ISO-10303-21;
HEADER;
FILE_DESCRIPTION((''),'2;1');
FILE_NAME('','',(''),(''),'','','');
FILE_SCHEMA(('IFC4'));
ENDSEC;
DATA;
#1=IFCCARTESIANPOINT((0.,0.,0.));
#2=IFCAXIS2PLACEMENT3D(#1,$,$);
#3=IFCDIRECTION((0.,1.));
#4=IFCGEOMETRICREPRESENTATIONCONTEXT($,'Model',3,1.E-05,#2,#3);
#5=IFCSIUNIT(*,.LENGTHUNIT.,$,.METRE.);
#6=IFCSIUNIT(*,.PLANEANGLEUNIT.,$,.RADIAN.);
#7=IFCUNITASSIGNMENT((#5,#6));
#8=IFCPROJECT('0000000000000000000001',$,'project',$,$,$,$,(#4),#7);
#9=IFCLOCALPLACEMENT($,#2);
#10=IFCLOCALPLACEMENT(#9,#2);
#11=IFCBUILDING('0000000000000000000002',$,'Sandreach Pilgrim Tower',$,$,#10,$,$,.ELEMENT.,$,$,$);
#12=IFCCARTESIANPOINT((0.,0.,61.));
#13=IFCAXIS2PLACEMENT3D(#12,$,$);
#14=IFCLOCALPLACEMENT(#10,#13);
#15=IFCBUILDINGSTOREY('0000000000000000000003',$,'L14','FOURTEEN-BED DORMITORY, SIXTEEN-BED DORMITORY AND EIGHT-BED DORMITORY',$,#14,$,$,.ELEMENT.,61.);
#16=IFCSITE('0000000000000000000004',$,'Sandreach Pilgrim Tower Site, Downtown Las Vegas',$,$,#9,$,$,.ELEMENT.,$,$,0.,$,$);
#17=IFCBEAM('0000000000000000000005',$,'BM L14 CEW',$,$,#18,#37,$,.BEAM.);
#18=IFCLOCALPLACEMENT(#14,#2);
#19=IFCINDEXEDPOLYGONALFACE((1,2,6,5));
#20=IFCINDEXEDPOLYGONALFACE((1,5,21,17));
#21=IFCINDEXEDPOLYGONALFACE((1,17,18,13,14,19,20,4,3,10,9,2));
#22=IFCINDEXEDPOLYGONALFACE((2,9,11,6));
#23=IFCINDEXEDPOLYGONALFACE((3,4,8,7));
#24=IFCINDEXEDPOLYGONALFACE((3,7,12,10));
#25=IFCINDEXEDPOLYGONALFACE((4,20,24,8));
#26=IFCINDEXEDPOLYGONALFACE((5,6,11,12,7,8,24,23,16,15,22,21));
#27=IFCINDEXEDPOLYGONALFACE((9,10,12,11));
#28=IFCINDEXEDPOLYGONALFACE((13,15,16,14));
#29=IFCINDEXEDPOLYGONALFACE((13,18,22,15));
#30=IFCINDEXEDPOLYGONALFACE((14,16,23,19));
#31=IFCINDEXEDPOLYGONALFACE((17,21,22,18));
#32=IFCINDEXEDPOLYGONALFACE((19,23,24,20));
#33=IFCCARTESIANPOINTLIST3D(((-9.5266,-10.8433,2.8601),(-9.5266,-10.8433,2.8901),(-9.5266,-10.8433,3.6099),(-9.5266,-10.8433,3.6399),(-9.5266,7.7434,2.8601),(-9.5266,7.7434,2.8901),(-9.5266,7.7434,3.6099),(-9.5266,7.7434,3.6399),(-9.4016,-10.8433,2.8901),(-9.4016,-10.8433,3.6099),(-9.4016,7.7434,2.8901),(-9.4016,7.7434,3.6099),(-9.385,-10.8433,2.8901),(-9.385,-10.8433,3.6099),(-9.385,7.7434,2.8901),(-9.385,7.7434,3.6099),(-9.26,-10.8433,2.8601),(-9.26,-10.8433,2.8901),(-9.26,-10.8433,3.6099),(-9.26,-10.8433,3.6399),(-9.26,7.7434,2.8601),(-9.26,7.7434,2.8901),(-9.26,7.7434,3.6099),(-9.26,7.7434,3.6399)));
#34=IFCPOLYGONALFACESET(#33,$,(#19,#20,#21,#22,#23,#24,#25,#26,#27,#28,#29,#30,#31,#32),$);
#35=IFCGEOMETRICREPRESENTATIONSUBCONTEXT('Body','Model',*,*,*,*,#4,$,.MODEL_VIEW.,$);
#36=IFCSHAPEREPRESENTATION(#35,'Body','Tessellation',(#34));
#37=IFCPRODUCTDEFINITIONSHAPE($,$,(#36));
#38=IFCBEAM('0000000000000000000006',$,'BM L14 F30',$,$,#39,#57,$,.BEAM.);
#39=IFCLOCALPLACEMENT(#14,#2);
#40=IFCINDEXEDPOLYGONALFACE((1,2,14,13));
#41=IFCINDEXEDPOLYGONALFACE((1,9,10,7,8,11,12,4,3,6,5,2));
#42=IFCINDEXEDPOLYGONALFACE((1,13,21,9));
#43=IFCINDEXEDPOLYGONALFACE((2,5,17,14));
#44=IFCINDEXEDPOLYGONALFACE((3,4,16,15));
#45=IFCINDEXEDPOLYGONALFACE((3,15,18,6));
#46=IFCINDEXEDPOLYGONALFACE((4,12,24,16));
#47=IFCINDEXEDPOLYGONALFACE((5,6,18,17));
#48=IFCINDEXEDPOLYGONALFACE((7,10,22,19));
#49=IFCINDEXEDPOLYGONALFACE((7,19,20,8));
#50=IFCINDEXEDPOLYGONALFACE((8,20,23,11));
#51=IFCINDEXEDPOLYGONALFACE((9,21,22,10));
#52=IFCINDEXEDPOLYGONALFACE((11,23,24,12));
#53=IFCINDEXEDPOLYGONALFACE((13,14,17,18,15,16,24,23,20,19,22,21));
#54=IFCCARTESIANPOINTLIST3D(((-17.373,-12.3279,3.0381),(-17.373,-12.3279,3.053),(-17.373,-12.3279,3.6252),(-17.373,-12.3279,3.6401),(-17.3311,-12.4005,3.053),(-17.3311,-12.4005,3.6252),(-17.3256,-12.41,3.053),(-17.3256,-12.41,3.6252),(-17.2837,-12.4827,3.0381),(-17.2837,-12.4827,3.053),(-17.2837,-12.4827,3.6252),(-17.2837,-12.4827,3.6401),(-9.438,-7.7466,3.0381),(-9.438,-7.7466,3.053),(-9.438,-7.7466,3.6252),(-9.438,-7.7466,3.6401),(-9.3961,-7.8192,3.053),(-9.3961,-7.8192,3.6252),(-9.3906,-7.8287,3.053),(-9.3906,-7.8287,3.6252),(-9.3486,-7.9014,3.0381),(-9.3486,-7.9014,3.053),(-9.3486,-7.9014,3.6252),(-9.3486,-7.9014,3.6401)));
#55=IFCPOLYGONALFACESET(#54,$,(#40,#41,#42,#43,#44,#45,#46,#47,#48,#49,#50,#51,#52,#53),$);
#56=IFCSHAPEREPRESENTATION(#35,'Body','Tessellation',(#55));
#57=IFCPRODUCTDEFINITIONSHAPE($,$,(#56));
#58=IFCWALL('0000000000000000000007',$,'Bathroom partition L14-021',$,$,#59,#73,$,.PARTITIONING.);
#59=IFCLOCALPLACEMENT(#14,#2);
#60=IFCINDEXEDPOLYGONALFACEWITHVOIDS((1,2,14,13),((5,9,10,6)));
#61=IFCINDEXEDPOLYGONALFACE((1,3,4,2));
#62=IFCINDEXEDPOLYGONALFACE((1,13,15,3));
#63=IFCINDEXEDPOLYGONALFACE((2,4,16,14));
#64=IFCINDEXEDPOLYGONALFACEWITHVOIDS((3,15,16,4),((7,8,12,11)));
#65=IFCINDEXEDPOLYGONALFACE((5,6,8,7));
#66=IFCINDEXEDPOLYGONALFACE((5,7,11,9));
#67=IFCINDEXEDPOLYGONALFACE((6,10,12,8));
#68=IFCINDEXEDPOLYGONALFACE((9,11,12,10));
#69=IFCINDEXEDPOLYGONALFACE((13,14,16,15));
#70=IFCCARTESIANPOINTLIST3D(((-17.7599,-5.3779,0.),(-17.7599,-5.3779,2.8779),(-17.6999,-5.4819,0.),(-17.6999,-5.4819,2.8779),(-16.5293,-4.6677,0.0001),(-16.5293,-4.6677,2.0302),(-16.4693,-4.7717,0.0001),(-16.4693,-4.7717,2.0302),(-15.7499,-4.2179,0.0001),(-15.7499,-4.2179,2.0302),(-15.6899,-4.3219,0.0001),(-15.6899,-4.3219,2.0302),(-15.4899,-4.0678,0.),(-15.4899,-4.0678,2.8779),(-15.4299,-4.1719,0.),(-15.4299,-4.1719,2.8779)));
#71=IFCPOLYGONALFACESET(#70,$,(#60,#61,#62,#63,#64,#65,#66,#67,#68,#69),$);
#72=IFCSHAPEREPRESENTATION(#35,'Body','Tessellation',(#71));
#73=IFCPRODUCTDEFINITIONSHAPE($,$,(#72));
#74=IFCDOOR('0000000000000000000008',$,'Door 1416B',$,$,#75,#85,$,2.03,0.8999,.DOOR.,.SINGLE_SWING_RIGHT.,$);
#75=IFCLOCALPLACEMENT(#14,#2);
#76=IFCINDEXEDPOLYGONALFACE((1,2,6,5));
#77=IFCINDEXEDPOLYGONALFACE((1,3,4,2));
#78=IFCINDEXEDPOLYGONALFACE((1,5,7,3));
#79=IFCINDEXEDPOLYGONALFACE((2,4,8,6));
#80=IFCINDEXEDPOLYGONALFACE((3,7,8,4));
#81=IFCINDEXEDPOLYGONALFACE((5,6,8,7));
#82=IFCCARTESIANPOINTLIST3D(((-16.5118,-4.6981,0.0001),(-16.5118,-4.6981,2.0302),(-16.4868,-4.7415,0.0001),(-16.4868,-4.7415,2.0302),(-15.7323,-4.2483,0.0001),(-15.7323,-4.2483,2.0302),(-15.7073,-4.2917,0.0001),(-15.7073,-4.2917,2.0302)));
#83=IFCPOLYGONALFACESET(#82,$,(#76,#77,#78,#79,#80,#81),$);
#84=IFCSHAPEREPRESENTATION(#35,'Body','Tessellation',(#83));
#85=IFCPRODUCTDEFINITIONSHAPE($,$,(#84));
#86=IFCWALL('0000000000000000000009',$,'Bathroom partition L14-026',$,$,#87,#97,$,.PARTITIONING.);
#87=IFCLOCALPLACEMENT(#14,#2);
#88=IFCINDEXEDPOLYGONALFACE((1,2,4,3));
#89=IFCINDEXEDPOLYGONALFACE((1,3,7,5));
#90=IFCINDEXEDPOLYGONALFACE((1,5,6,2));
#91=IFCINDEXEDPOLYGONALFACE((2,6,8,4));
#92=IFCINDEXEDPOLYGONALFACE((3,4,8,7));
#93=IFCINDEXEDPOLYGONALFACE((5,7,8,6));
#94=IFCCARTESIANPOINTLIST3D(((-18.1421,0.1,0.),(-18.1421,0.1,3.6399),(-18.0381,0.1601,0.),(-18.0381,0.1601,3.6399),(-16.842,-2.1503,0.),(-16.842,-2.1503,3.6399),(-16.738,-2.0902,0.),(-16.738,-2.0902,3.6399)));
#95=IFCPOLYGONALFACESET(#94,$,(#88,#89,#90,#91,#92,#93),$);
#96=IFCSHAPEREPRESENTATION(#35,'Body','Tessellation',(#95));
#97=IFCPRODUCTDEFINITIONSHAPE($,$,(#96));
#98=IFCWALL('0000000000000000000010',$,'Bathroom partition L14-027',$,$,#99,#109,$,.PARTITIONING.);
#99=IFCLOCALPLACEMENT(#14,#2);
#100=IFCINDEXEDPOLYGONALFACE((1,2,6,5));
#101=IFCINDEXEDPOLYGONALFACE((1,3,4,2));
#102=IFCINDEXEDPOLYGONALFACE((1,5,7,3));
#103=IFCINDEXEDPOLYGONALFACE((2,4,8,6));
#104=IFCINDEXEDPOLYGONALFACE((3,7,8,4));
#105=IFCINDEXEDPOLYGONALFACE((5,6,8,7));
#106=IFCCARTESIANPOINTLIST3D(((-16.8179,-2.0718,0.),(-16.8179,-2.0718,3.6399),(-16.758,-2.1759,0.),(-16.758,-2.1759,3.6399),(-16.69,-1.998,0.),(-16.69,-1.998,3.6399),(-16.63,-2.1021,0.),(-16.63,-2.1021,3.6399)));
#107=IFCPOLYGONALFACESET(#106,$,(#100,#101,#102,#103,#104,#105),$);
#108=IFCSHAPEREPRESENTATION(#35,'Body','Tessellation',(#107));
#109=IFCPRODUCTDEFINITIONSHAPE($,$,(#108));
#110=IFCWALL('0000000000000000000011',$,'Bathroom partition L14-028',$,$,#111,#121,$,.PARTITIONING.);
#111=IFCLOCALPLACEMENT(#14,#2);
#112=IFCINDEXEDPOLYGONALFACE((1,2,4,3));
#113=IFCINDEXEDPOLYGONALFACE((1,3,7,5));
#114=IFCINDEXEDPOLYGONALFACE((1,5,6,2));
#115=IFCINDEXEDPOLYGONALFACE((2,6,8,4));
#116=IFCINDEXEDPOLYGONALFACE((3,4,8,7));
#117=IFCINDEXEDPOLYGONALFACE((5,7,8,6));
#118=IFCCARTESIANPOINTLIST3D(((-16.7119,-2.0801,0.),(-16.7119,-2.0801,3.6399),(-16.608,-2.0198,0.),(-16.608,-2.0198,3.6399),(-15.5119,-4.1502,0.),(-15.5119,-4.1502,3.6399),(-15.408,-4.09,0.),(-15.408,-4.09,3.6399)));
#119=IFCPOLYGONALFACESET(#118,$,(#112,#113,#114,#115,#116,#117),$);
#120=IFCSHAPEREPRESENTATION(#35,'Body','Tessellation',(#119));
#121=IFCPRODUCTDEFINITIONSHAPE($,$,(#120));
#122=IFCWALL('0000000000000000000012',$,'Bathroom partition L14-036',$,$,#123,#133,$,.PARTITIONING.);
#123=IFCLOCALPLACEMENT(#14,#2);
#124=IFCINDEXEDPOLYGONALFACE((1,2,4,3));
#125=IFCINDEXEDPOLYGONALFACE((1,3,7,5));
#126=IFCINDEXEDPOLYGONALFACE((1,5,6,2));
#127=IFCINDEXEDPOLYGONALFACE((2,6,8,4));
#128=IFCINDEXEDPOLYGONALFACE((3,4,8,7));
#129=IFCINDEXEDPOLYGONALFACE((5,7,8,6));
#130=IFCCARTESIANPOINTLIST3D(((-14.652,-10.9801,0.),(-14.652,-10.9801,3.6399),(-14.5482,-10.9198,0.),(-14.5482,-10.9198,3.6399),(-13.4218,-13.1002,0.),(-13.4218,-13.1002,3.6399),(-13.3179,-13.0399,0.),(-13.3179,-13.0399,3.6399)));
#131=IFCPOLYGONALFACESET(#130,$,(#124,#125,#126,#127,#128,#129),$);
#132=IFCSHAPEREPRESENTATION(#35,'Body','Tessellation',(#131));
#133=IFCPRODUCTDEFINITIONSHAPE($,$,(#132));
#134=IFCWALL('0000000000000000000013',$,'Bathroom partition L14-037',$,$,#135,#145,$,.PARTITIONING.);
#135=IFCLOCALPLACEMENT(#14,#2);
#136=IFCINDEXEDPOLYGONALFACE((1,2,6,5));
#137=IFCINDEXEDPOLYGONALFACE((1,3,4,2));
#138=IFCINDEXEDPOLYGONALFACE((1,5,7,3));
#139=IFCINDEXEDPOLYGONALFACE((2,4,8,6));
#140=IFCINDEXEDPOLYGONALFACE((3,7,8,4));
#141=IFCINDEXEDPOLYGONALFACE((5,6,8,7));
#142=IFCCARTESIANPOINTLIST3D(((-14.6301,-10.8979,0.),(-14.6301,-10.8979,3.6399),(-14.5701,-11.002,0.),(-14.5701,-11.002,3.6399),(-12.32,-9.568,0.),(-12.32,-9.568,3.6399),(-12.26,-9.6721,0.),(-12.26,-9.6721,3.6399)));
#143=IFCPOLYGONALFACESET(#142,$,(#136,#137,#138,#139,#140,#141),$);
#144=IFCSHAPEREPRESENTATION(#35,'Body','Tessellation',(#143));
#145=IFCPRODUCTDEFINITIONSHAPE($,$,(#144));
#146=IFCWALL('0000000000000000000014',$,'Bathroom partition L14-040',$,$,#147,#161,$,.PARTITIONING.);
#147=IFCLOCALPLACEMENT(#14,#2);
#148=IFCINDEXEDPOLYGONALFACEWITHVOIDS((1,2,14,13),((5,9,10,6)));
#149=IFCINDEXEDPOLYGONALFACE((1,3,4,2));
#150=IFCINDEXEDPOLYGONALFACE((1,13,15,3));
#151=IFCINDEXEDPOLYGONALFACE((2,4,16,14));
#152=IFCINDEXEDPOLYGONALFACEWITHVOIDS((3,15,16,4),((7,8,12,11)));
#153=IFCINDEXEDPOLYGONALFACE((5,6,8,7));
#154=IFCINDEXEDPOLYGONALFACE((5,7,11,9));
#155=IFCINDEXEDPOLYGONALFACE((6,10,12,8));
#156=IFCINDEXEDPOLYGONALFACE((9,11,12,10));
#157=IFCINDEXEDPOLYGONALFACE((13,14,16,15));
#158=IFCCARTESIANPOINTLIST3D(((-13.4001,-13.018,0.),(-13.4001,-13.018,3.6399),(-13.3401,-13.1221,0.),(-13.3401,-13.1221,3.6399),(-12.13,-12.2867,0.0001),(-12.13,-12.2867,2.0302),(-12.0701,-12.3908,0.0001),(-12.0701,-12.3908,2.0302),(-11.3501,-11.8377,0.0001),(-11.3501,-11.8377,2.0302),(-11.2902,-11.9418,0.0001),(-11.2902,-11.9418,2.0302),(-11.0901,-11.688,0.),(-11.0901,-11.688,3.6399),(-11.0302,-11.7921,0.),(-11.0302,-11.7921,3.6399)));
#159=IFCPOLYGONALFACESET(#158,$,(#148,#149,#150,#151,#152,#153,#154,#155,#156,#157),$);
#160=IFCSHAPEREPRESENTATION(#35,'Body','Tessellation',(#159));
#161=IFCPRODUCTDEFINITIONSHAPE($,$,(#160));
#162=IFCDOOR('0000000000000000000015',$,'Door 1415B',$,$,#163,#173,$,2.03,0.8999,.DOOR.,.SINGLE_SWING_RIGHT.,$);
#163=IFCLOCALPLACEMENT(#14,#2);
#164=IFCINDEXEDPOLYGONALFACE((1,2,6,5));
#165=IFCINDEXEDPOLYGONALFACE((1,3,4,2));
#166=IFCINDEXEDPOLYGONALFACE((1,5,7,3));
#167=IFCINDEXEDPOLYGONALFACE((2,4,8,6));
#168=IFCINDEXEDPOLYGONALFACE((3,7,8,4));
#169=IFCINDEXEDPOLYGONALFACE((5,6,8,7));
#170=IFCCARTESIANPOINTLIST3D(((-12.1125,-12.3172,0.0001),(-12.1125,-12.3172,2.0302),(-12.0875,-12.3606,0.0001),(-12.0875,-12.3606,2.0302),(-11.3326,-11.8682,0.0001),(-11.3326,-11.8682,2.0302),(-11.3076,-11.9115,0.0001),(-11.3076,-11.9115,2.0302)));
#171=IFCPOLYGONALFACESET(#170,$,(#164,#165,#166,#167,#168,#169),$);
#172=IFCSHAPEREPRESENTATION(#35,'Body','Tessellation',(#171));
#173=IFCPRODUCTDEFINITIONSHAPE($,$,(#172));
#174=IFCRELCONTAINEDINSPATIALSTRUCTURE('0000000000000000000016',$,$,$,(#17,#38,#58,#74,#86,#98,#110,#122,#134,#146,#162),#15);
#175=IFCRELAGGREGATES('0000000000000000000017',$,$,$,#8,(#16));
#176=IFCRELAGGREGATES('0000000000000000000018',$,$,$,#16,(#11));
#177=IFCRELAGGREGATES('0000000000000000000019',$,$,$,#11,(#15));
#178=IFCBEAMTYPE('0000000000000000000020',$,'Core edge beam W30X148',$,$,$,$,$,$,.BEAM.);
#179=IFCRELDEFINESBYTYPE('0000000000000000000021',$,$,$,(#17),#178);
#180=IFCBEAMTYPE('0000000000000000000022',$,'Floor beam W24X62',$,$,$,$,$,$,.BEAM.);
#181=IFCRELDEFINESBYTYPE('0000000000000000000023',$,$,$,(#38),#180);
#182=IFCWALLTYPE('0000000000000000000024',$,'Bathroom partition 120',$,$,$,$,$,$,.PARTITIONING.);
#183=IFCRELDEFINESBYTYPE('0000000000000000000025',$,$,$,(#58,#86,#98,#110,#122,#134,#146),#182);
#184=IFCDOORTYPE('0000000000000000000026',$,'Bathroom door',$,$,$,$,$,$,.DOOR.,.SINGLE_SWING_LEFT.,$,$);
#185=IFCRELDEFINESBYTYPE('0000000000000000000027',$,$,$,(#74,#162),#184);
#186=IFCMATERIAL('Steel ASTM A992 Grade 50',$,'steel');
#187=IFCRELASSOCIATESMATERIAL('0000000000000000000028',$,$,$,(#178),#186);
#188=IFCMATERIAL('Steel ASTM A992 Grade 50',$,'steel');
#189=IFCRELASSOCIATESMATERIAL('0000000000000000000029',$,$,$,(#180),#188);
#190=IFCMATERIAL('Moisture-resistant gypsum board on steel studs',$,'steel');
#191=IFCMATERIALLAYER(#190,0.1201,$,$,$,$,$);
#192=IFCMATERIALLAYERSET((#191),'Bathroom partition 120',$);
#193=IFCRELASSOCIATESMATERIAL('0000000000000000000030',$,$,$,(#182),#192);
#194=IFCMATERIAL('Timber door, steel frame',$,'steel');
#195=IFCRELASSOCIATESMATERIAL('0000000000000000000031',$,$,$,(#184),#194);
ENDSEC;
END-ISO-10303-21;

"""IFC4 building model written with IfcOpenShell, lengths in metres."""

from ifc_helpers import new_model, si_unit, direction, frame, frame_2d, origin, origin_2d, place, context, subcontext, project, spatial, rectangle, i_section, extrude, material, layer, layer_set, material_profile, profile_set, type_object, element, fill, save


model = new_model("IFC4")

# Units and contexts
model_context = context("Model", 3, precision=1e-05, world=origin(), true_north=direction((0.0, 1.0)))
body_context = subcontext(model_context, "Body", "Model", "MODEL_VIEW")
ifc_project = project(units=[si_unit("LENGTHUNIT", "METRE"), si_unit("PLANEANGLEUNIT", "RADIAN")], contexts=[model_context])

# Site, building, storey
site_placement = place(None, origin())
site = spatial("IfcSite", under=ifc_project, at=site_placement, Name="Sandreach Pilgrim Tower Site, Downtown Las Vegas", CompositionType="ELEMENT", RefElevation=0.0)
building_placement = place(site_placement, origin())
building = spatial("IfcBuilding", under=site, at=building_placement, Name="Sandreach Pilgrim Tower", CompositionType="ELEMENT")
storey_placement = place(building_placement, frame((0.0, 0.0, 61.0)))
storey = spatial("IfcBuildingStorey", under=building, at=storey_placement, Name="L14", Description="FOURTEEN-BED DORMITORY, SIXTEEN-BED DORMITORY AND EIGHT-BED DORMITORY", CompositionType="ELEMENT", Elevation=61.0)

# Beams
ifc_material_1 = material(Name="Steel ASTM A992 Grade 50", Category="steel")
ifc_material_profile_1 = material_profile(ifc_material_1, i_section(OverallWidth=0.2666, OverallDepth=0.7798, WebThickness=0.0166, FlangeThickness=0.03, at=origin_2d()), Name="W30X148")
ifc_profile_set_1 = profile_set([ifc_material_profile_1], Name="Steel ASTM A992 Grade 50")
beam_type_1 = type_object("IfcBeamType", Name="Core edge beam W30X148", PredefinedType="BEAM", material=ifc_profile_set_1)
beam_1_placement = place(storey_placement, frame((-9.3933, -10.8433, 3.25), z_axis=(0.0, 1.0, 0.0), x_axis=(-1.0, 0.0, 0.0)))
element("IfcBeam", 1, at=beam_1_placement, inside=storey, type_object=beam_type_1, Name="BM L14 CEW", PredefinedType="BEAM", context=body_context, shape_type="SweptSolid", body=[
    extrude(i_section(OverallWidth=0.2666, OverallDepth=0.7798, WebThickness=0.0166, FlangeThickness=0.03, at=origin_2d()), origin(), (0.0, 0.0, 1.0), 18.5867),
])
ifc_material_2 = material(Name="Steel ASTM A992 Grade 50", Category="steel")
ifc_material_profile_2 = material_profile(ifc_material_2, i_section(OverallWidth=0.1787, OverallDepth=0.6021, WebThickness=0.011, FlangeThickness=0.0149, at=origin_2d()), Name="W24X62")
ifc_profile_set_2 = profile_set([ifc_material_profile_2], Name="Steel ASTM A992 Grade 50")
beam_type_2 = type_object("IfcBeamType", Name="Floor beam W24X62", PredefinedType="BEAM", material=ifc_profile_set_2)
beam_2_placement = place(storey_placement, frame((-17.3284, -12.4053, 3.3391), z_axis=(0.866026, 0.499999, 0.0), x_axis=(-0.499999, 0.866026, 0.0)))
element("IfcBeam", 2, at=beam_2_placement, inside=storey, type_object=beam_type_2, Name="BM L14 F30", PredefinedType="BEAM", context=body_context, shape_type="SweptSolid", body=[
    extrude(i_section(OverallWidth=0.1787, OverallDepth=0.6021, WebThickness=0.011, FlangeThickness=0.0149, at=origin_2d()), origin(), (0.0, 0.0, 1.0), 9.1626),
])

# Wall, opening, door
ifc_material_3 = material(Name="Moisture-resistant gypsum board on steel studs", Category="steel")
ifc_layer_1 = layer(ifc_material_3, 0.1201)
ifc_layer_set_1 = layer_set([ifc_layer_1], Name="Bathroom partition 120")
wall_type_1 = type_object("IfcWallType", Name="Bathroom partition 120", PredefinedType="PARTITIONING", material=ifc_layer_set_1)
wall_1_placement = place(storey_placement, frame((-17.73, -5.4299, 0.0), z_axis=(0.0, 0.0, 1.0), x_axis=(0.866114, 0.499846, 0.0)))
wall_1 = element("IfcWall", 3, at=wall_1_placement, inside=storey, type_object=wall_type_1, Name="Bathroom partition L14-021", PredefinedType="PARTITIONING", context=body_context, shape_type="SweptSolid", body=[
    extrude(rectangle(XDim=2.6208, YDim=0.1201, at=frame_2d((1.3105, 0.0))), origin(), (0.0, 0.0, 1.0), 2.8779),
])
opening_1_placement = place(wall_1_placement, frame((1.4209, 0.0, 0.0)))
opening_1 = element("IfcOpeningElement", 4, at=opening_1_placement, cuts=wall_1, PredefinedType="OPENING", context=body_context, shape_type="SweptSolid", body=[
    extrude(rectangle(XDim=0.8999, YDim=2.03, at=frame_2d((0.45, 1.0151))), frame((0.0, 0.0601, 0.0), z_axis=(0.0, -1.0, 0.0), x_axis=(1.0, 0.0, 0.0)), (0.0, 0.0, 1.0), 0.1201),
])
ifc_material_4 = material(Name="Timber door, steel frame", Category="steel")
door_type_1 = type_object("IfcDoorType", Name="Bathroom door", OperationType="SINGLE_SWING_LEFT", PredefinedType="DOOR", material=ifc_material_4)
door_1_placement = place(opening_1_placement, origin())
door_1 = element("IfcDoor", 5, at=door_1_placement, inside=storey, type_object=door_type_1, Name="Door 1416B", OperationType="SINGLE_SWING_RIGHT", OverallHeight=2.03, OverallWidth=0.8999, PredefinedType="DOOR", context=body_context, shape_type="SweptSolid", body=[
    extrude(rectangle(XDim=0.8999, YDim=2.03, at=frame_2d((0.45, 1.0151))), frame((0.0, 0.0249, 0.0), z_axis=(0.0, -1.0, 0.0), x_axis=(1.0, 0.0, 0.0)), (0.0, 0.0, 1.0), 0.05),
])
fill(opening_1, door_1)

# Walls
wall_2_placement = place(storey_placement, frame((-16.79, -2.1201, 0.0), z_axis=(0.0, 0.0, 1.0), x_axis=(-0.500251, 0.86588, 0.0)))
element("IfcWall", 6, at=wall_2_placement, inside=storey, type_object=wall_type_1, Name="Bathroom partition L14-026", PredefinedType="PARTITIONING", context=body_context, shape_type="SweptSolid", body=[
    extrude(rectangle(XDim=2.5989, YDim=0.1201, at=frame_2d((1.2993, 0.0))), origin(), (0.0, 0.0, 1.0), 3.6399),
])
wall_3_placement = place(storey_placement, frame((-16.7878, -2.1238, 0.0), z_axis=(0.0, 0.0, 1.0), x_axis=(0.866406, 0.499341, 0.0)))
element("IfcWall", 7, at=wall_3_placement, inside=storey, type_object=wall_type_1, Name="Bathroom partition L14-027", PredefinedType="PARTITIONING", context=body_context, shape_type="SweptSolid", body=[
    extrude(rectangle(XDim=0.1477, YDim=0.1201, at=frame_2d((0.0737, 0.0))), origin(), (0.0, 0.0, 1.0), 3.6399),
])
wall_4_placement = place(storey_placement, frame((-16.6599, -2.05, 0.0), z_axis=(0.0, 0.0, 1.0), x_axis=(0.501503, -0.865156, 0.0)))
element("IfcWall", 8, at=wall_4_placement, inside=storey, type_object=wall_type_1, Name="Bathroom partition L14-028", PredefinedType="PARTITIONING", context=body_context, shape_type="SweptSolid", body=[
    extrude(rectangle(XDim=2.3928, YDim=0.1201, at=frame_2d((1.1963, 0.0))), origin(), (0.0, 0.0, 1.0), 3.6399),
])
wall_5_placement = place(storey_placement, frame((-14.6001, -10.95, 0.0), z_axis=(0.0, 0.0, 1.0), x_axis=(0.501888, -0.864933, 0.0)))
element("IfcWall", 9, at=wall_5_placement, inside=storey, type_object=wall_type_1, Name="Bathroom partition L14-036", PredefinedType="PARTITIONING", context=body_context, shape_type="SweptSolid", body=[
    extrude(rectangle(XDim=2.4512, YDim=0.1201, at=frame_2d((1.2256, 0.0))), origin(), (0.0, 0.0, 1.0), 3.6399),
])
wall_6_placement = place(storey_placement, frame((-14.6001, -10.95, 0.0), z_axis=(0.0, 0.0, 1.0), x_axis=(0.866655, 0.498908, 0.0)))
element("IfcWall", 10, at=wall_6_placement, inside=storey, type_object=wall_type_1, Name="Bathroom partition L14-037", PredefinedType="PARTITIONING", context=body_context, shape_type="SweptSolid", body=[
    extrude(rectangle(XDim=2.6655, YDim=0.1201, at=frame_2d((1.3328, 0.0))), origin(), (0.0, 0.0, 1.0), 3.6399),
])

# Wall, opening, door
wall_7_placement = place(storey_placement, frame((-13.3701, -13.0701, 0.0), z_axis=(0.0, 0.0, 1.0), x_axis=(0.866615, 0.498977, 0.0)))
wall_7 = element("IfcWall", 11, at=wall_7_placement, inside=storey, type_object=wall_type_1, Name="Bathroom partition L14-040", PredefinedType="PARTITIONING", context=body_context, shape_type="SweptSolid", body=[
    extrude(rectangle(XDim=2.6655, YDim=0.1201, at=frame_2d((1.3328, 0.0))), origin(), (0.0, 0.0, 1.0), 3.6399),
])
opening_2_placement = place(wall_7_placement, frame((1.4656, 0.0, 0.0)))
opening_2 = element("IfcOpeningElement", 12, at=opening_2_placement, cuts=wall_7, PredefinedType="OPENING", context=body_context, shape_type="SweptSolid", body=[
    extrude(rectangle(XDim=0.8999, YDim=2.03, at=frame_2d((0.45, 1.0151))), frame((0.0, 0.0601, 0.0), z_axis=(0.0, -1.0, 0.0), x_axis=(1.0, 0.0, 0.0)), (0.0, 0.0, 1.0), 0.1201),
])
door_2_placement = place(opening_2_placement, origin())
door_2 = element("IfcDoor", 13, at=door_2_placement, inside=storey, type_object=door_type_1, Name="Door 1415B", OperationType="SINGLE_SWING_RIGHT", OverallHeight=2.03, OverallWidth=0.8999, PredefinedType="DOOR", context=body_context, shape_type="SweptSolid", body=[
    extrude(rectangle(XDim=0.8999, YDim=2.03, at=frame_2d((0.45, 1.0151))), frame((0.0, 0.0249, 0.0), z_axis=(0.0, -1.0, 0.0), x_axis=(1.0, 0.0, 0.0)), (0.0, 0.0, 1.0), 0.05),
])
fill(opening_2, door_2)

save(model, "model.ifc")
